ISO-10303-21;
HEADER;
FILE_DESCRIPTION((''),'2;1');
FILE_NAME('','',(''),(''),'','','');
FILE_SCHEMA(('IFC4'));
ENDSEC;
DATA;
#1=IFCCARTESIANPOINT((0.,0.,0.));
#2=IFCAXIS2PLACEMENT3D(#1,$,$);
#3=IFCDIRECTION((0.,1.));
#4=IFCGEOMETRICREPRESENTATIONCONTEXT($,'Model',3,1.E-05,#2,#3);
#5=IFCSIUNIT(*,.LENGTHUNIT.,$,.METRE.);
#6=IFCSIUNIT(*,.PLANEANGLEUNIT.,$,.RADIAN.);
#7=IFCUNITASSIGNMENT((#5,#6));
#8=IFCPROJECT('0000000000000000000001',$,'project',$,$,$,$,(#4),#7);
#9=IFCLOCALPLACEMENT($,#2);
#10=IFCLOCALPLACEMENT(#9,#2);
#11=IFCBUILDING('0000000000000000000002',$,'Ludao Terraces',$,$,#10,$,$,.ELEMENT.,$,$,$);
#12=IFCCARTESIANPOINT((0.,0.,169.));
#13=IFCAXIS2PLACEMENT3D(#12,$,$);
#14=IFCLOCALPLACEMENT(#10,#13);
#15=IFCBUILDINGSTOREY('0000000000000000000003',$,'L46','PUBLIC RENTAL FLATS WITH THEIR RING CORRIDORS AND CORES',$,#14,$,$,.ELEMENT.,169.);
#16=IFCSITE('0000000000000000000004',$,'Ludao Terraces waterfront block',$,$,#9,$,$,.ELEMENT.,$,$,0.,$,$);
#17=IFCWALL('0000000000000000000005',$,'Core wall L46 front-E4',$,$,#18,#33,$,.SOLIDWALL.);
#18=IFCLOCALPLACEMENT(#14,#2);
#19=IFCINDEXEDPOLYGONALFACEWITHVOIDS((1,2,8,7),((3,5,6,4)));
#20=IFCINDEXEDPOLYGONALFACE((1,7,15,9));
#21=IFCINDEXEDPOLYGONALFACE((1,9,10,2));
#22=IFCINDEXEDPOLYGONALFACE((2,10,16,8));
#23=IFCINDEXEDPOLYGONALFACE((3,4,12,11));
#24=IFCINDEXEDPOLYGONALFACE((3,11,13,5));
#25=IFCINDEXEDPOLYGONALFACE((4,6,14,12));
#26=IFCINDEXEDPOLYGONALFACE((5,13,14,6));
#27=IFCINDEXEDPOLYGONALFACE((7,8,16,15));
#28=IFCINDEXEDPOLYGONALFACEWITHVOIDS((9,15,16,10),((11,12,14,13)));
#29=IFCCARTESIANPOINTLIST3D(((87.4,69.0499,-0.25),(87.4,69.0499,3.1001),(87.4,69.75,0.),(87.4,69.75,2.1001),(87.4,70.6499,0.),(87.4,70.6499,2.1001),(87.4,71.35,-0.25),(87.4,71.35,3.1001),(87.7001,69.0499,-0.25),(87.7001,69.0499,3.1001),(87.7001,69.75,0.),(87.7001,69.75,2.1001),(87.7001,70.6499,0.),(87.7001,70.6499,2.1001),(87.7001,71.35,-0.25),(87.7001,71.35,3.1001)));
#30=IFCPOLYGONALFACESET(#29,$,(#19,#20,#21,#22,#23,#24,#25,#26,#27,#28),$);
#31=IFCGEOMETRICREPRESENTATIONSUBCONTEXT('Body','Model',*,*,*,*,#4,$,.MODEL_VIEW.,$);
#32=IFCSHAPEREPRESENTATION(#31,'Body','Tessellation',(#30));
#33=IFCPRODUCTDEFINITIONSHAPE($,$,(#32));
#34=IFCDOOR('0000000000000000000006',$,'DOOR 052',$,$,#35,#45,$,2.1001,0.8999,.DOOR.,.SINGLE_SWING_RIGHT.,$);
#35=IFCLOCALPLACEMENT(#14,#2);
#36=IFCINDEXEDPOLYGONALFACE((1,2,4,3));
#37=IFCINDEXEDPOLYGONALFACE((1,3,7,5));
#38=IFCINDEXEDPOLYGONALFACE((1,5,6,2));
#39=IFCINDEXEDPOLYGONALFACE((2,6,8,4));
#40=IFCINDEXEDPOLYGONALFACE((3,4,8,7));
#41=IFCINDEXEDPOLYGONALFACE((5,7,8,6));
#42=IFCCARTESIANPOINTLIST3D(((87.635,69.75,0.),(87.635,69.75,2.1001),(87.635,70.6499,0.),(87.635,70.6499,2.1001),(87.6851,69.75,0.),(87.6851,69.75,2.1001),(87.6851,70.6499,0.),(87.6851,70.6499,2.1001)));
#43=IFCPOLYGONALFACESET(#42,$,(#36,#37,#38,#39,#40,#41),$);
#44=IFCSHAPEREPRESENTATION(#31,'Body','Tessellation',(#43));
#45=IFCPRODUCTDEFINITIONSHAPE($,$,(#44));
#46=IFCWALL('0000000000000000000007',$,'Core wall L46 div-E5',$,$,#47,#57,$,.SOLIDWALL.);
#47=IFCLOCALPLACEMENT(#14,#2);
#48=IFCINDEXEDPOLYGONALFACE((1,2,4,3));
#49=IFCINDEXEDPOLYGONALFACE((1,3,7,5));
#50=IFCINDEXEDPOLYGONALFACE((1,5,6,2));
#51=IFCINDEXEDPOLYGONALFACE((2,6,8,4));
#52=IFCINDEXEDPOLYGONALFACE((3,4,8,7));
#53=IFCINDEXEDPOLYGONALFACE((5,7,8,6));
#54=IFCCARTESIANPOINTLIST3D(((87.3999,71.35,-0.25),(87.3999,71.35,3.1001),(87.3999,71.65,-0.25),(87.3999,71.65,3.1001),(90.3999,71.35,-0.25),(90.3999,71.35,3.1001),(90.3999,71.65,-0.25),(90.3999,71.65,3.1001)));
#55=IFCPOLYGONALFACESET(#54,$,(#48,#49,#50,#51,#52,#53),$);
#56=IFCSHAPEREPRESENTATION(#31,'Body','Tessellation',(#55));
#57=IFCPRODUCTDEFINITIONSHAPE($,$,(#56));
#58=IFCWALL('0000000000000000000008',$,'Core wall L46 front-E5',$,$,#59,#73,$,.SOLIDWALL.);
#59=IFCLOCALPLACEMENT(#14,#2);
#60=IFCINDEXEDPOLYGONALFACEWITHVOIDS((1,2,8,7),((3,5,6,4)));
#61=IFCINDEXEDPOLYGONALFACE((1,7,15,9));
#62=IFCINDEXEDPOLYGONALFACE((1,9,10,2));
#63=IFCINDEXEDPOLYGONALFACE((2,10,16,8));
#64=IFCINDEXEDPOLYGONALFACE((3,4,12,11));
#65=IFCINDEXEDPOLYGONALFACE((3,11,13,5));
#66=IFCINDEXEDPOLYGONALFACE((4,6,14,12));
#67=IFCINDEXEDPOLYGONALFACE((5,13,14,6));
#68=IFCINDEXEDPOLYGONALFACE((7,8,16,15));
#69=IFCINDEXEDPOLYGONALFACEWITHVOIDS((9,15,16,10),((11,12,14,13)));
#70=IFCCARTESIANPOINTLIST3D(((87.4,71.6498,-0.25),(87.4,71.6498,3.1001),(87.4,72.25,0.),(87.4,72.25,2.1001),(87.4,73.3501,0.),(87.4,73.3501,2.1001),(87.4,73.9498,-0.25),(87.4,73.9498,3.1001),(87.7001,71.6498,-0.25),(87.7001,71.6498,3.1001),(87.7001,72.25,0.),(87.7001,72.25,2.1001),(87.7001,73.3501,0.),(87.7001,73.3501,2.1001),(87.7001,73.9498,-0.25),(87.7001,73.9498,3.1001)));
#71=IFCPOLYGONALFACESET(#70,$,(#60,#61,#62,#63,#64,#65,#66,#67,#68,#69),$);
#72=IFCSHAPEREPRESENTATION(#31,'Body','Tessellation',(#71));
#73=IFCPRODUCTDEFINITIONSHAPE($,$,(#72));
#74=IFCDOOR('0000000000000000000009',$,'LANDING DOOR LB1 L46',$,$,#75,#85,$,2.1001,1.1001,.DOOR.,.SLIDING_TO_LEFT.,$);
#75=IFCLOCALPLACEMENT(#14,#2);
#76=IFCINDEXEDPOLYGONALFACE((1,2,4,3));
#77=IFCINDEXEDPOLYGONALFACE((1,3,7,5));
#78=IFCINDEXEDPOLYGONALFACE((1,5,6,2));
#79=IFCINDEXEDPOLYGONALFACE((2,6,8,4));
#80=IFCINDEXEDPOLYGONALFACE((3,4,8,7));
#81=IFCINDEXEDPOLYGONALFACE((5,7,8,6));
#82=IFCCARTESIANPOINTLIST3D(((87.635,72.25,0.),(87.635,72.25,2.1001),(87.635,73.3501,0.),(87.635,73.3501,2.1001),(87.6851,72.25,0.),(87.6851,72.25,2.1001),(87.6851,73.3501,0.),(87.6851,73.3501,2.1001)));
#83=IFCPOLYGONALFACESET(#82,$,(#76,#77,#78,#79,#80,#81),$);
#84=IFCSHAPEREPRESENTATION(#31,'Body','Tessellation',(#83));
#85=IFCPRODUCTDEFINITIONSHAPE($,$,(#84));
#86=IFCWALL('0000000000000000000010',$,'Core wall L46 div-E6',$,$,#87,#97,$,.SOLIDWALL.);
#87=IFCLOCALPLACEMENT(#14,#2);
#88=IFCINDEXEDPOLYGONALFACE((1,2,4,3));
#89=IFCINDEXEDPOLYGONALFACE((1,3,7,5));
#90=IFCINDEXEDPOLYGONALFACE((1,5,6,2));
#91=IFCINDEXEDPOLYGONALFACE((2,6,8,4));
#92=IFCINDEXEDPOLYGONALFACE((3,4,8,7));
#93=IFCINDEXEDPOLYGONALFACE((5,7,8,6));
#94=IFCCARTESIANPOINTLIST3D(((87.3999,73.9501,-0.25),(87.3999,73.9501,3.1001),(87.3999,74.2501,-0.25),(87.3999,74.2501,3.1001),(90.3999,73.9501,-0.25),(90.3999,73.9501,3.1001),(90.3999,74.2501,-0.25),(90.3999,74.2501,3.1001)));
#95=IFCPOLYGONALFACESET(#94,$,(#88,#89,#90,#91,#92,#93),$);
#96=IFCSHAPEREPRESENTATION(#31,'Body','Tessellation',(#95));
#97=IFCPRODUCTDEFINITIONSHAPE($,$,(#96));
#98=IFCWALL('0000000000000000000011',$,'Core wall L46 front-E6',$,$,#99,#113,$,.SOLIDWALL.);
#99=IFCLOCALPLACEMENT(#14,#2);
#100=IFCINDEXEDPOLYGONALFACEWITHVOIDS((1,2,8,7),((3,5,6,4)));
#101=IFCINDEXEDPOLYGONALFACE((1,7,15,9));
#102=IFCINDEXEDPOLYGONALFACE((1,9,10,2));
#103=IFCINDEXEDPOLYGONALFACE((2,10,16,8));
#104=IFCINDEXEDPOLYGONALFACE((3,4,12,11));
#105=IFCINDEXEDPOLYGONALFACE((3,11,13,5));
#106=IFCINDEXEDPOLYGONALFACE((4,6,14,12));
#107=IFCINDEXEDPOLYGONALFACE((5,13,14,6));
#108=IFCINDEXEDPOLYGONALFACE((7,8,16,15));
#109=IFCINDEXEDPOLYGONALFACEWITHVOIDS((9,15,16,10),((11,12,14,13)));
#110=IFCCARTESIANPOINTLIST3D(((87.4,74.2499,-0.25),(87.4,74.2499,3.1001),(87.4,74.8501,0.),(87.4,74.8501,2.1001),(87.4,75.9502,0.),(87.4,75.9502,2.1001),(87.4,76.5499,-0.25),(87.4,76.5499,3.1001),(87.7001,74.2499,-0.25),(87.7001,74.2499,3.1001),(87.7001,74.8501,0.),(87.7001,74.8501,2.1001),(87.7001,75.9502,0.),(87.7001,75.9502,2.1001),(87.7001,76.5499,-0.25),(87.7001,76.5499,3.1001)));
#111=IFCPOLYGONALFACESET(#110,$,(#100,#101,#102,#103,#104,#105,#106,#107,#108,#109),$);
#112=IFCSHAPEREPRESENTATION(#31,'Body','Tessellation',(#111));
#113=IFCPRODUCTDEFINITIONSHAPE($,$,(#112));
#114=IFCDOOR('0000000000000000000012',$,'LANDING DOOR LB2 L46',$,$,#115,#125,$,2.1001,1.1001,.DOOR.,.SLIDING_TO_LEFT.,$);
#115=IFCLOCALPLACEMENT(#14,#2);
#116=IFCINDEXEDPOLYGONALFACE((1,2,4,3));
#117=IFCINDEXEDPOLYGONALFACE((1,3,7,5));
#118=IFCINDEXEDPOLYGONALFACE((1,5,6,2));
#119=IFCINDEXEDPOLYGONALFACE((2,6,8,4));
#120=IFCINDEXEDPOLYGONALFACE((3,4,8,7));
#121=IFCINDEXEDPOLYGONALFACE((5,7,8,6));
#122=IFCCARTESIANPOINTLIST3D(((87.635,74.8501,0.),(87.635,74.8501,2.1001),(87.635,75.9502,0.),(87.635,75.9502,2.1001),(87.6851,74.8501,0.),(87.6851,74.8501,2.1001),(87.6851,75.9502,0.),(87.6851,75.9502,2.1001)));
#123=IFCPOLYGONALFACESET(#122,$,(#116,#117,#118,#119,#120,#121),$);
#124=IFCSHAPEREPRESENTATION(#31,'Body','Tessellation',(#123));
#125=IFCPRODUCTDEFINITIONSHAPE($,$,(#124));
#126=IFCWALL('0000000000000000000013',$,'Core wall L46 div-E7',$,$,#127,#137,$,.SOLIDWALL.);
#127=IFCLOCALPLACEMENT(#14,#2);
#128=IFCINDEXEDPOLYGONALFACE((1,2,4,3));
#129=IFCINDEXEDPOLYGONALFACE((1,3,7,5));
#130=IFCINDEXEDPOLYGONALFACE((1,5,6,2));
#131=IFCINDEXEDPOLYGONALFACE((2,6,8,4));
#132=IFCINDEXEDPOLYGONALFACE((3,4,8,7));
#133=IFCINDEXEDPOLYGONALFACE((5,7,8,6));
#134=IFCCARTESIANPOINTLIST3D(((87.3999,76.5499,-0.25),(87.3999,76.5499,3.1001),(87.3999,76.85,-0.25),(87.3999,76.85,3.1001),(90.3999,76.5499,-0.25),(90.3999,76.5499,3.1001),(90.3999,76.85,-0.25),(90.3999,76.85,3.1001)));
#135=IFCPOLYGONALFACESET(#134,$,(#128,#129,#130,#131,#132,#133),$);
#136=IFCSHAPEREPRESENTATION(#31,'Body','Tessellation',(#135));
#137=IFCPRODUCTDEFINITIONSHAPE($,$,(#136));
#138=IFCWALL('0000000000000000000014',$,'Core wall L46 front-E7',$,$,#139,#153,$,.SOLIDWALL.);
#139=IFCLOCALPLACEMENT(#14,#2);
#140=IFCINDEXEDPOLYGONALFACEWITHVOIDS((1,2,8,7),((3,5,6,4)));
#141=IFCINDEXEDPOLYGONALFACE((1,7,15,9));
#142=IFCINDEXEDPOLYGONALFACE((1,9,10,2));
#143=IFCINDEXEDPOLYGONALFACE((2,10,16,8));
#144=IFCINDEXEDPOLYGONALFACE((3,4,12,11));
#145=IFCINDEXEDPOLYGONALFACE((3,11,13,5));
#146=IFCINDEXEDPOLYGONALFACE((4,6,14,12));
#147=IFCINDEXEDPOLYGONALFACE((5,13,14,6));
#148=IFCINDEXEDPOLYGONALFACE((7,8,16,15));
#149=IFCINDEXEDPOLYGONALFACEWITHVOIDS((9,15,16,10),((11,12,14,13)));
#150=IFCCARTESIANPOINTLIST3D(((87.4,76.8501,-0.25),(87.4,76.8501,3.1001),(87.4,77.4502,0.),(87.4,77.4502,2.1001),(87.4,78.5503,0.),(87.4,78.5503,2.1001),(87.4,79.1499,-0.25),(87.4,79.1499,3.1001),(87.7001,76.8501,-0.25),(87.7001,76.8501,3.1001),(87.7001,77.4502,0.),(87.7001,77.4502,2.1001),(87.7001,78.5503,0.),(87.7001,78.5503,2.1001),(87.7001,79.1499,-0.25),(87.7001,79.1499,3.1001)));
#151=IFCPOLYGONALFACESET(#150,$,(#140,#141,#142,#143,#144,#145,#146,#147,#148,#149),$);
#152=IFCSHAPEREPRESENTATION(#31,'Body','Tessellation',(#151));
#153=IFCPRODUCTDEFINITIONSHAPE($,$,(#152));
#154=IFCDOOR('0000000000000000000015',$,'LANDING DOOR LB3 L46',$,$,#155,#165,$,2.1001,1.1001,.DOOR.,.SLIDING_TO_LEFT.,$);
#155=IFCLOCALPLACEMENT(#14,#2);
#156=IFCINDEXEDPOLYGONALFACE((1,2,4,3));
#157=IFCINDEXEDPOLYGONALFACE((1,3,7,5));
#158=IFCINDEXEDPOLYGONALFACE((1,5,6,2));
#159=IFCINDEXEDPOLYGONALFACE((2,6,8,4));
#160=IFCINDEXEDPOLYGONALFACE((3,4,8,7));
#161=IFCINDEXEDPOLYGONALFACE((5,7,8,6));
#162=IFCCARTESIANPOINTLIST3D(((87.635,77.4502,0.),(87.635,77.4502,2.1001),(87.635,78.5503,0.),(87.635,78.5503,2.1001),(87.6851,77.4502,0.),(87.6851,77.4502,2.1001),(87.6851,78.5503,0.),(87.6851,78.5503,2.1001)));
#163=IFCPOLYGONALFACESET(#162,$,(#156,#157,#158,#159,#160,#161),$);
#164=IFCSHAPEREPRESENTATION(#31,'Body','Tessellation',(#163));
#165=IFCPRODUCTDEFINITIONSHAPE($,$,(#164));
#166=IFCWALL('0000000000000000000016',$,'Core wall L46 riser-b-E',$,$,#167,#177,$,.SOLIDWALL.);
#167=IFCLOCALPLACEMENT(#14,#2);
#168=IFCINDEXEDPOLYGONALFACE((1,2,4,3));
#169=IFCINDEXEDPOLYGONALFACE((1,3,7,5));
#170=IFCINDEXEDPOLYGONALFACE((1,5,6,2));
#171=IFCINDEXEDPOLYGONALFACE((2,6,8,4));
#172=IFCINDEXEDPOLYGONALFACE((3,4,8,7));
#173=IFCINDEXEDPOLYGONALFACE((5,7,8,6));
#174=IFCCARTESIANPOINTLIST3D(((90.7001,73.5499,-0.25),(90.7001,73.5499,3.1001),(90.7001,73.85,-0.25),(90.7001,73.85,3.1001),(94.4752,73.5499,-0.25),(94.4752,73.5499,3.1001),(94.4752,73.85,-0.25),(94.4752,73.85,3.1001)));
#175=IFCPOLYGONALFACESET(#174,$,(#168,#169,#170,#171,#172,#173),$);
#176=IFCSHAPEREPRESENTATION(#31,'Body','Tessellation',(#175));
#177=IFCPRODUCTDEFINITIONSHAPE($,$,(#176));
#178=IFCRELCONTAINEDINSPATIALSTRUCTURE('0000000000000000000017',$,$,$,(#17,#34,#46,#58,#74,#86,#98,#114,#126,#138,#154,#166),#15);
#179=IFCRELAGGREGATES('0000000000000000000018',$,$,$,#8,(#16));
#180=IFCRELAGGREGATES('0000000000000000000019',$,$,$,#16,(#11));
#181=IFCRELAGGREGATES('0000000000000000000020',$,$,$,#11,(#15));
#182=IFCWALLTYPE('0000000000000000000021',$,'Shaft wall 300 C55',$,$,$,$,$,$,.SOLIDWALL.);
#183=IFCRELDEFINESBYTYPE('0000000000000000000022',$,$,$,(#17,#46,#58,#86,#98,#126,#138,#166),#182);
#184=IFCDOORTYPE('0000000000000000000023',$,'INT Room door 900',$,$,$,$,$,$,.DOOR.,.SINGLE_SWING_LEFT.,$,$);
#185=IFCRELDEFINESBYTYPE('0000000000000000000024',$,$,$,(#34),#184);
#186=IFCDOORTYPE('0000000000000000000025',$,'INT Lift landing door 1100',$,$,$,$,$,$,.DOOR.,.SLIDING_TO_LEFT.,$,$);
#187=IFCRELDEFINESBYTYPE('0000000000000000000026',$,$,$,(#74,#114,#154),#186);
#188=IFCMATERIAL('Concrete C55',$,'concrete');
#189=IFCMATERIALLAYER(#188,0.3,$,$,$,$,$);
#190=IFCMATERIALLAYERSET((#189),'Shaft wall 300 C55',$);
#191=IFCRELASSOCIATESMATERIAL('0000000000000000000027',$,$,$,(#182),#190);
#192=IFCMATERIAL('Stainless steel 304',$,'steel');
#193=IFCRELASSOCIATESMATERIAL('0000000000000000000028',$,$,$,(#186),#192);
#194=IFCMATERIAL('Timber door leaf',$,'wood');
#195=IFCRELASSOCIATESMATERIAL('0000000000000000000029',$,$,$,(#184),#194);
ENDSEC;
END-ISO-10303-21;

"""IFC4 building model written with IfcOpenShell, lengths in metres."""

from ifc_helpers import new_model, si_unit, direction, frame, frame_2d, origin, place, context, subcontext, project, spatial, rectangle, extrude, material, layer, layer_set, type_object, element, fill, save


model = new_model("IFC4")

# Units and contexts
model_context = context("Model", 3, precision=1e-05, world=origin(), true_north=direction((0.0, 1.0)))
body_context = subcontext(model_context, "Body", "Model", "MODEL_VIEW")
ifc_project = project(units=[si_unit("LENGTHUNIT", "METRE"), si_unit("PLANEANGLEUNIT", "RADIAN")], contexts=[model_context])

# Site, building, storey
site_placement = place(None, origin())
site = spatial("IfcSite", under=ifc_project, at=site_placement, Name="Ludao Terraces waterfront block", CompositionType="ELEMENT", RefElevation=0.0)
building_placement = place(site_placement, origin())
building = spatial("IfcBuilding", under=site, at=building_placement, Name="Ludao Terraces", CompositionType="ELEMENT")
storey_placement = place(building_placement, frame((0.0, 0.0, 169.0)))
storey = spatial("IfcBuildingStorey", under=building, at=storey_placement, Name="L46", Description="PUBLIC RENTAL FLATS WITH THEIR RING CORRIDORS AND CORES", CompositionType="ELEMENT", Elevation=169.0)

# Shared definitions
ifc_material_1 = material(Name="Concrete C55", Category="concrete")
ifc_layer_1 = layer(ifc_material_1, 0.3)
ifc_layer_set_1 = layer_set([ifc_layer_1], Name="Shaft wall 300 C55")
wall_type_1 = type_object("IfcWallType", Name="Shaft wall 300 C55", PredefinedType="SOLIDWALL", material=ifc_layer_set_1)

# Shared definitions
ifc_material_2 = material(Name="Stainless steel 304", Category="steel")
door_type_1 = type_object("IfcDoorType", Name="INT Lift landing door 1100", OperationType="SLIDING_TO_LEFT", PredefinedType="DOOR", material=ifc_material_2)

# Wall, opening, door
wall_1_placement = place(storey_placement, frame((87.55, 69.05, -0.25), z_axis=(0.0, 0.0, 1.0), x_axis=(0.0, 1.0, 0.0)))
wall_1 = element("IfcWall", 1, at=wall_1_placement, inside=storey, type_object=wall_type_1, Name="Core wall L46 front-E4", PredefinedType="SOLIDWALL", context=body_context, shape_type="SweptSolid", body=[
    extrude(rectangle(XDim=2.3, YDim=0.3, at=frame_2d((1.1499, 0.0))), origin(), (0.0, 0.0, 1.0), 3.3501),
])
opening_1_placement = place(wall_1_placement, frame((0.7, 0.0, 0.25)))
opening_1 = element("IfcOpeningElement", 2, at=opening_1_placement, cuts=wall_1, PredefinedType="OPENING", context=body_context, shape_type="SweptSolid", body=[
    extrude(rectangle(XDim=0.8999, YDim=2.1001, at=frame_2d((0.45, 1.05))), frame((0.0, 0.1602, 0.0), z_axis=(0.0, -1.0, 0.0), x_axis=(1.0, 0.0, 0.0)), (0.0, 0.0, 1.0), 0.3201),
])
ifc_material_3 = material(Name="Timber door leaf", Category="wood")
door_type_2 = type_object("IfcDoorType", Name="INT Room door 900", OperationType="SINGLE_SWING_LEFT", PredefinedType="DOOR", material=ifc_material_3)
door_1_placement = place(opening_1_placement, origin())
door_1 = element("IfcDoor", 3, at=door_1_placement, inside=storey, type_object=door_type_2, Name="DOOR 052", OperationType="SINGLE_SWING_RIGHT", OverallHeight=2.1001, OverallWidth=0.8999, PredefinedType="DOOR", context=body_context, shape_type="SweptSolid", body=[
    extrude(rectangle(XDim=0.8999, YDim=2.1001, at=frame_2d((0.45, 1.05))), frame((0.0, -0.085, 0.0), z_axis=(0.0, -1.0, 0.0), x_axis=(1.0, 0.0, 0.0)), (0.0, 0.0, 1.0), 0.05),
])
fill(opening_1, door_1)

# Wall
wall_2_placement = place(storey_placement, frame((87.3999, 71.5, -0.25), z_axis=(0.0, 0.0, 1.0), x_axis=(1.0, 0.0, 0.0)))
element("IfcWall", 4, at=wall_2_placement, inside=storey, type_object=wall_type_1, Name="Core wall L46 div-E5", PredefinedType="SOLIDWALL", context=body_context, shape_type="SweptSolid", body=[
    extrude(rectangle(XDim=3.0, YDim=0.3, at=frame_2d((1.5, 0.0))), origin(), (0.0, 0.0, 1.0), 3.3501),
])

# Wall, opening, door
wall_3_placement = place(storey_placement, frame((87.55, 71.6499, -0.25), z_axis=(0.0, 0.0, 1.0), x_axis=(0.0, 1.0, 0.0)))
wall_3 = element("IfcWall", 5, at=wall_3_placement, inside=storey, type_object=wall_type_1, Name="Core wall L46 front-E5", PredefinedType="SOLIDWALL", context=body_context, shape_type="SweptSolid", body=[
    extrude(rectangle(XDim=2.3, YDim=0.3, at=frame_2d((1.1499, 0.0))), origin(), (0.0, 0.0, 1.0), 3.3501),
])
opening_2_placement = place(wall_3_placement, frame((0.6001, 0.0, 0.25)))
opening_2 = element("IfcOpeningElement", 6, at=opening_2_placement, cuts=wall_3, PredefinedType="OPENING", context=body_context, shape_type="SweptSolid", body=[
    extrude(rectangle(XDim=1.1001, YDim=2.1001, at=frame_2d((0.55, 1.05))), frame((0.0, 0.1602, 0.0), z_axis=(0.0, -1.0, 0.0), x_axis=(1.0, 0.0, 0.0)), (0.0, 0.0, 1.0), 0.3201),
])
door_2_placement = place(opening_2_placement, origin())
door_2 = element("IfcDoor", 7, at=door_2_placement, inside=storey, type_object=door_type_1, Name="LANDING DOOR LB1 L46", OperationType="SLIDING_TO_LEFT", OverallHeight=2.1001, OverallWidth=1.1001, PredefinedType="DOOR", context=body_context, shape_type="SweptSolid", body=[
    extrude(rectangle(XDim=1.1001, YDim=2.1001, at=frame_2d((0.55, 1.05))), frame((0.0, -0.085, 0.0), z_axis=(0.0, -1.0, 0.0), x_axis=(1.0, 0.0, 0.0)), (0.0, 0.0, 1.0), 0.05),
])
fill(opening_2, door_2)

# Wall
wall_4_placement = place(storey_placement, frame((87.3999, 74.1001, -0.25), z_axis=(0.0, 0.0, 1.0), x_axis=(1.0, 0.0, 0.0)))
element("IfcWall", 8, at=wall_4_placement, inside=storey, type_object=wall_type_1, Name="Core wall L46 div-E6", PredefinedType="SOLIDWALL", context=body_context, shape_type="SweptSolid", body=[
    extrude(rectangle(XDim=3.0, YDim=0.3, at=frame_2d((1.5, 0.0))), origin(), (0.0, 0.0, 1.0), 3.3501),
])

# Wall, opening, door
wall_5_placement = place(storey_placement, frame((87.55, 74.25, -0.25), z_axis=(0.0, 0.0, 1.0), x_axis=(0.0, 1.0, 0.0)))
wall_5 = element("IfcWall", 9, at=wall_5_placement, inside=storey, type_object=wall_type_1, Name="Core wall L46 front-E6", PredefinedType="SOLIDWALL", context=body_context, shape_type="SweptSolid", body=[
    extrude(rectangle(XDim=2.3, YDim=0.3, at=frame_2d((1.1499, 0.0))), origin(), (0.0, 0.0, 1.0), 3.3501),
])
opening_3_placement = place(wall_5_placement, frame((0.6001, 0.0, 0.25)))
opening_3 = element("IfcOpeningElement", 10, at=opening_3_placement, cuts=wall_5, PredefinedType="OPENING", context=body_context, shape_type="SweptSolid", body=[
    extrude(rectangle(XDim=1.1001, YDim=2.1001, at=frame_2d((0.55, 1.05))), frame((0.0, 0.1602, 0.0), z_axis=(0.0, -1.0, 0.0), x_axis=(1.0, 0.0, 0.0)), (0.0, 0.0, 1.0), 0.3201),
])
door_3_placement = place(opening_3_placement, origin())
door_3 = element("IfcDoor", 11, at=door_3_placement, inside=storey, type_object=door_type_1, Name="LANDING DOOR LB2 L46", OperationType="SLIDING_TO_LEFT", OverallHeight=2.1001, OverallWidth=1.1001, PredefinedType="DOOR", context=body_context, shape_type="SweptSolid", body=[
    extrude(rectangle(XDim=1.1001, YDim=2.1001, at=frame_2d((0.55, 1.05))), frame((0.0, -0.085, 0.0), z_axis=(0.0, -1.0, 0.0), x_axis=(1.0, 0.0, 0.0)), (0.0, 0.0, 1.0), 0.05),
])
fill(opening_3, door_3)

# Wall
wall_6_placement = place(storey_placement, frame((87.3999, 76.7, -0.25), z_axis=(0.0, 0.0, 1.0), x_axis=(1.0, 0.0, 0.0)))
element("IfcWall", 12, at=wall_6_placement, inside=storey, type_object=wall_type_1, Name="Core wall L46 div-E7", PredefinedType="SOLIDWALL", context=body_context, shape_type="SweptSolid", body=[
    extrude(rectangle(XDim=3.0, YDim=0.3, at=frame_2d((1.5, 0.0))), origin(), (0.0, 0.0, 1.0), 3.3501),
])

# Wall, opening, door
wall_7_placement = place(storey_placement, frame((87.55, 76.8501, -0.25), z_axis=(0.0, 0.0, 1.0), x_axis=(0.0, 1.0, 0.0)))
wall_7 = element("IfcWall", 13, at=wall_7_placement, inside=storey, type_object=wall_type_1, Name="Core wall L46 front-E7", PredefinedType="SOLIDWALL", context=body_context, shape_type="SweptSolid", body=[
    extrude(rectangle(XDim=2.2998, YDim=0.3, at=frame_2d((1.1499, 0.0))), origin(), (0.0, 0.0, 1.0), 3.3501),
])
opening_4_placement = place(wall_7_placement, frame((0.6001, 0.0, 0.25)))
opening_4 = element("IfcOpeningElement", 14, at=opening_4_placement, cuts=wall_7, PredefinedType="OPENING", context=body_context, shape_type="SweptSolid", body=[
    extrude(rectangle(XDim=1.1001, YDim=2.1001, at=frame_2d((0.55, 1.05))), frame((0.0, 0.1602, 0.0), z_axis=(0.0, -1.0, 0.0), x_axis=(1.0, 0.0, 0.0)), (0.0, 0.0, 1.0), 0.3201),
])
door_4_placement = place(opening_4_placement, origin())
door_4 = element("IfcDoor", 15, at=door_4_placement, inside=storey, type_object=door_type_1, Name="LANDING DOOR LB3 L46", OperationType="SLIDING_TO_LEFT", OverallHeight=2.1001, OverallWidth=1.1001, PredefinedType="DOOR", context=body_context, shape_type="SweptSolid", body=[
    extrude(rectangle(XDim=1.1001, YDim=2.1001, at=frame_2d((0.55, 1.05))), frame((0.0, -0.085, 0.0), z_axis=(0.0, -1.0, 0.0), x_axis=(1.0, 0.0, 0.0)), (0.0, 0.0, 1.0), 0.05),
])
fill(opening_4, door_4)

# Wall
wall_8_placement = place(storey_placement, frame((90.7, 73.7, -0.25), z_axis=(0.0, 0.0, 1.0), x_axis=(1.0, 0.0, 0.0)))
element("IfcWall", 16, at=wall_8_placement, inside=storey, type_object=wall_type_1, Name="Core wall L46 riser-b-E", PredefinedType="SOLIDWALL", context=body_context, shape_type="SweptSolid", body=[
    extrude(rectangle(XDim=3.7751, YDim=0.3, at=frame_2d((1.8877, 0.0))), origin(), (0.0, 0.0, 1.0), 3.3501),
])

save(model, "model.ifc")
